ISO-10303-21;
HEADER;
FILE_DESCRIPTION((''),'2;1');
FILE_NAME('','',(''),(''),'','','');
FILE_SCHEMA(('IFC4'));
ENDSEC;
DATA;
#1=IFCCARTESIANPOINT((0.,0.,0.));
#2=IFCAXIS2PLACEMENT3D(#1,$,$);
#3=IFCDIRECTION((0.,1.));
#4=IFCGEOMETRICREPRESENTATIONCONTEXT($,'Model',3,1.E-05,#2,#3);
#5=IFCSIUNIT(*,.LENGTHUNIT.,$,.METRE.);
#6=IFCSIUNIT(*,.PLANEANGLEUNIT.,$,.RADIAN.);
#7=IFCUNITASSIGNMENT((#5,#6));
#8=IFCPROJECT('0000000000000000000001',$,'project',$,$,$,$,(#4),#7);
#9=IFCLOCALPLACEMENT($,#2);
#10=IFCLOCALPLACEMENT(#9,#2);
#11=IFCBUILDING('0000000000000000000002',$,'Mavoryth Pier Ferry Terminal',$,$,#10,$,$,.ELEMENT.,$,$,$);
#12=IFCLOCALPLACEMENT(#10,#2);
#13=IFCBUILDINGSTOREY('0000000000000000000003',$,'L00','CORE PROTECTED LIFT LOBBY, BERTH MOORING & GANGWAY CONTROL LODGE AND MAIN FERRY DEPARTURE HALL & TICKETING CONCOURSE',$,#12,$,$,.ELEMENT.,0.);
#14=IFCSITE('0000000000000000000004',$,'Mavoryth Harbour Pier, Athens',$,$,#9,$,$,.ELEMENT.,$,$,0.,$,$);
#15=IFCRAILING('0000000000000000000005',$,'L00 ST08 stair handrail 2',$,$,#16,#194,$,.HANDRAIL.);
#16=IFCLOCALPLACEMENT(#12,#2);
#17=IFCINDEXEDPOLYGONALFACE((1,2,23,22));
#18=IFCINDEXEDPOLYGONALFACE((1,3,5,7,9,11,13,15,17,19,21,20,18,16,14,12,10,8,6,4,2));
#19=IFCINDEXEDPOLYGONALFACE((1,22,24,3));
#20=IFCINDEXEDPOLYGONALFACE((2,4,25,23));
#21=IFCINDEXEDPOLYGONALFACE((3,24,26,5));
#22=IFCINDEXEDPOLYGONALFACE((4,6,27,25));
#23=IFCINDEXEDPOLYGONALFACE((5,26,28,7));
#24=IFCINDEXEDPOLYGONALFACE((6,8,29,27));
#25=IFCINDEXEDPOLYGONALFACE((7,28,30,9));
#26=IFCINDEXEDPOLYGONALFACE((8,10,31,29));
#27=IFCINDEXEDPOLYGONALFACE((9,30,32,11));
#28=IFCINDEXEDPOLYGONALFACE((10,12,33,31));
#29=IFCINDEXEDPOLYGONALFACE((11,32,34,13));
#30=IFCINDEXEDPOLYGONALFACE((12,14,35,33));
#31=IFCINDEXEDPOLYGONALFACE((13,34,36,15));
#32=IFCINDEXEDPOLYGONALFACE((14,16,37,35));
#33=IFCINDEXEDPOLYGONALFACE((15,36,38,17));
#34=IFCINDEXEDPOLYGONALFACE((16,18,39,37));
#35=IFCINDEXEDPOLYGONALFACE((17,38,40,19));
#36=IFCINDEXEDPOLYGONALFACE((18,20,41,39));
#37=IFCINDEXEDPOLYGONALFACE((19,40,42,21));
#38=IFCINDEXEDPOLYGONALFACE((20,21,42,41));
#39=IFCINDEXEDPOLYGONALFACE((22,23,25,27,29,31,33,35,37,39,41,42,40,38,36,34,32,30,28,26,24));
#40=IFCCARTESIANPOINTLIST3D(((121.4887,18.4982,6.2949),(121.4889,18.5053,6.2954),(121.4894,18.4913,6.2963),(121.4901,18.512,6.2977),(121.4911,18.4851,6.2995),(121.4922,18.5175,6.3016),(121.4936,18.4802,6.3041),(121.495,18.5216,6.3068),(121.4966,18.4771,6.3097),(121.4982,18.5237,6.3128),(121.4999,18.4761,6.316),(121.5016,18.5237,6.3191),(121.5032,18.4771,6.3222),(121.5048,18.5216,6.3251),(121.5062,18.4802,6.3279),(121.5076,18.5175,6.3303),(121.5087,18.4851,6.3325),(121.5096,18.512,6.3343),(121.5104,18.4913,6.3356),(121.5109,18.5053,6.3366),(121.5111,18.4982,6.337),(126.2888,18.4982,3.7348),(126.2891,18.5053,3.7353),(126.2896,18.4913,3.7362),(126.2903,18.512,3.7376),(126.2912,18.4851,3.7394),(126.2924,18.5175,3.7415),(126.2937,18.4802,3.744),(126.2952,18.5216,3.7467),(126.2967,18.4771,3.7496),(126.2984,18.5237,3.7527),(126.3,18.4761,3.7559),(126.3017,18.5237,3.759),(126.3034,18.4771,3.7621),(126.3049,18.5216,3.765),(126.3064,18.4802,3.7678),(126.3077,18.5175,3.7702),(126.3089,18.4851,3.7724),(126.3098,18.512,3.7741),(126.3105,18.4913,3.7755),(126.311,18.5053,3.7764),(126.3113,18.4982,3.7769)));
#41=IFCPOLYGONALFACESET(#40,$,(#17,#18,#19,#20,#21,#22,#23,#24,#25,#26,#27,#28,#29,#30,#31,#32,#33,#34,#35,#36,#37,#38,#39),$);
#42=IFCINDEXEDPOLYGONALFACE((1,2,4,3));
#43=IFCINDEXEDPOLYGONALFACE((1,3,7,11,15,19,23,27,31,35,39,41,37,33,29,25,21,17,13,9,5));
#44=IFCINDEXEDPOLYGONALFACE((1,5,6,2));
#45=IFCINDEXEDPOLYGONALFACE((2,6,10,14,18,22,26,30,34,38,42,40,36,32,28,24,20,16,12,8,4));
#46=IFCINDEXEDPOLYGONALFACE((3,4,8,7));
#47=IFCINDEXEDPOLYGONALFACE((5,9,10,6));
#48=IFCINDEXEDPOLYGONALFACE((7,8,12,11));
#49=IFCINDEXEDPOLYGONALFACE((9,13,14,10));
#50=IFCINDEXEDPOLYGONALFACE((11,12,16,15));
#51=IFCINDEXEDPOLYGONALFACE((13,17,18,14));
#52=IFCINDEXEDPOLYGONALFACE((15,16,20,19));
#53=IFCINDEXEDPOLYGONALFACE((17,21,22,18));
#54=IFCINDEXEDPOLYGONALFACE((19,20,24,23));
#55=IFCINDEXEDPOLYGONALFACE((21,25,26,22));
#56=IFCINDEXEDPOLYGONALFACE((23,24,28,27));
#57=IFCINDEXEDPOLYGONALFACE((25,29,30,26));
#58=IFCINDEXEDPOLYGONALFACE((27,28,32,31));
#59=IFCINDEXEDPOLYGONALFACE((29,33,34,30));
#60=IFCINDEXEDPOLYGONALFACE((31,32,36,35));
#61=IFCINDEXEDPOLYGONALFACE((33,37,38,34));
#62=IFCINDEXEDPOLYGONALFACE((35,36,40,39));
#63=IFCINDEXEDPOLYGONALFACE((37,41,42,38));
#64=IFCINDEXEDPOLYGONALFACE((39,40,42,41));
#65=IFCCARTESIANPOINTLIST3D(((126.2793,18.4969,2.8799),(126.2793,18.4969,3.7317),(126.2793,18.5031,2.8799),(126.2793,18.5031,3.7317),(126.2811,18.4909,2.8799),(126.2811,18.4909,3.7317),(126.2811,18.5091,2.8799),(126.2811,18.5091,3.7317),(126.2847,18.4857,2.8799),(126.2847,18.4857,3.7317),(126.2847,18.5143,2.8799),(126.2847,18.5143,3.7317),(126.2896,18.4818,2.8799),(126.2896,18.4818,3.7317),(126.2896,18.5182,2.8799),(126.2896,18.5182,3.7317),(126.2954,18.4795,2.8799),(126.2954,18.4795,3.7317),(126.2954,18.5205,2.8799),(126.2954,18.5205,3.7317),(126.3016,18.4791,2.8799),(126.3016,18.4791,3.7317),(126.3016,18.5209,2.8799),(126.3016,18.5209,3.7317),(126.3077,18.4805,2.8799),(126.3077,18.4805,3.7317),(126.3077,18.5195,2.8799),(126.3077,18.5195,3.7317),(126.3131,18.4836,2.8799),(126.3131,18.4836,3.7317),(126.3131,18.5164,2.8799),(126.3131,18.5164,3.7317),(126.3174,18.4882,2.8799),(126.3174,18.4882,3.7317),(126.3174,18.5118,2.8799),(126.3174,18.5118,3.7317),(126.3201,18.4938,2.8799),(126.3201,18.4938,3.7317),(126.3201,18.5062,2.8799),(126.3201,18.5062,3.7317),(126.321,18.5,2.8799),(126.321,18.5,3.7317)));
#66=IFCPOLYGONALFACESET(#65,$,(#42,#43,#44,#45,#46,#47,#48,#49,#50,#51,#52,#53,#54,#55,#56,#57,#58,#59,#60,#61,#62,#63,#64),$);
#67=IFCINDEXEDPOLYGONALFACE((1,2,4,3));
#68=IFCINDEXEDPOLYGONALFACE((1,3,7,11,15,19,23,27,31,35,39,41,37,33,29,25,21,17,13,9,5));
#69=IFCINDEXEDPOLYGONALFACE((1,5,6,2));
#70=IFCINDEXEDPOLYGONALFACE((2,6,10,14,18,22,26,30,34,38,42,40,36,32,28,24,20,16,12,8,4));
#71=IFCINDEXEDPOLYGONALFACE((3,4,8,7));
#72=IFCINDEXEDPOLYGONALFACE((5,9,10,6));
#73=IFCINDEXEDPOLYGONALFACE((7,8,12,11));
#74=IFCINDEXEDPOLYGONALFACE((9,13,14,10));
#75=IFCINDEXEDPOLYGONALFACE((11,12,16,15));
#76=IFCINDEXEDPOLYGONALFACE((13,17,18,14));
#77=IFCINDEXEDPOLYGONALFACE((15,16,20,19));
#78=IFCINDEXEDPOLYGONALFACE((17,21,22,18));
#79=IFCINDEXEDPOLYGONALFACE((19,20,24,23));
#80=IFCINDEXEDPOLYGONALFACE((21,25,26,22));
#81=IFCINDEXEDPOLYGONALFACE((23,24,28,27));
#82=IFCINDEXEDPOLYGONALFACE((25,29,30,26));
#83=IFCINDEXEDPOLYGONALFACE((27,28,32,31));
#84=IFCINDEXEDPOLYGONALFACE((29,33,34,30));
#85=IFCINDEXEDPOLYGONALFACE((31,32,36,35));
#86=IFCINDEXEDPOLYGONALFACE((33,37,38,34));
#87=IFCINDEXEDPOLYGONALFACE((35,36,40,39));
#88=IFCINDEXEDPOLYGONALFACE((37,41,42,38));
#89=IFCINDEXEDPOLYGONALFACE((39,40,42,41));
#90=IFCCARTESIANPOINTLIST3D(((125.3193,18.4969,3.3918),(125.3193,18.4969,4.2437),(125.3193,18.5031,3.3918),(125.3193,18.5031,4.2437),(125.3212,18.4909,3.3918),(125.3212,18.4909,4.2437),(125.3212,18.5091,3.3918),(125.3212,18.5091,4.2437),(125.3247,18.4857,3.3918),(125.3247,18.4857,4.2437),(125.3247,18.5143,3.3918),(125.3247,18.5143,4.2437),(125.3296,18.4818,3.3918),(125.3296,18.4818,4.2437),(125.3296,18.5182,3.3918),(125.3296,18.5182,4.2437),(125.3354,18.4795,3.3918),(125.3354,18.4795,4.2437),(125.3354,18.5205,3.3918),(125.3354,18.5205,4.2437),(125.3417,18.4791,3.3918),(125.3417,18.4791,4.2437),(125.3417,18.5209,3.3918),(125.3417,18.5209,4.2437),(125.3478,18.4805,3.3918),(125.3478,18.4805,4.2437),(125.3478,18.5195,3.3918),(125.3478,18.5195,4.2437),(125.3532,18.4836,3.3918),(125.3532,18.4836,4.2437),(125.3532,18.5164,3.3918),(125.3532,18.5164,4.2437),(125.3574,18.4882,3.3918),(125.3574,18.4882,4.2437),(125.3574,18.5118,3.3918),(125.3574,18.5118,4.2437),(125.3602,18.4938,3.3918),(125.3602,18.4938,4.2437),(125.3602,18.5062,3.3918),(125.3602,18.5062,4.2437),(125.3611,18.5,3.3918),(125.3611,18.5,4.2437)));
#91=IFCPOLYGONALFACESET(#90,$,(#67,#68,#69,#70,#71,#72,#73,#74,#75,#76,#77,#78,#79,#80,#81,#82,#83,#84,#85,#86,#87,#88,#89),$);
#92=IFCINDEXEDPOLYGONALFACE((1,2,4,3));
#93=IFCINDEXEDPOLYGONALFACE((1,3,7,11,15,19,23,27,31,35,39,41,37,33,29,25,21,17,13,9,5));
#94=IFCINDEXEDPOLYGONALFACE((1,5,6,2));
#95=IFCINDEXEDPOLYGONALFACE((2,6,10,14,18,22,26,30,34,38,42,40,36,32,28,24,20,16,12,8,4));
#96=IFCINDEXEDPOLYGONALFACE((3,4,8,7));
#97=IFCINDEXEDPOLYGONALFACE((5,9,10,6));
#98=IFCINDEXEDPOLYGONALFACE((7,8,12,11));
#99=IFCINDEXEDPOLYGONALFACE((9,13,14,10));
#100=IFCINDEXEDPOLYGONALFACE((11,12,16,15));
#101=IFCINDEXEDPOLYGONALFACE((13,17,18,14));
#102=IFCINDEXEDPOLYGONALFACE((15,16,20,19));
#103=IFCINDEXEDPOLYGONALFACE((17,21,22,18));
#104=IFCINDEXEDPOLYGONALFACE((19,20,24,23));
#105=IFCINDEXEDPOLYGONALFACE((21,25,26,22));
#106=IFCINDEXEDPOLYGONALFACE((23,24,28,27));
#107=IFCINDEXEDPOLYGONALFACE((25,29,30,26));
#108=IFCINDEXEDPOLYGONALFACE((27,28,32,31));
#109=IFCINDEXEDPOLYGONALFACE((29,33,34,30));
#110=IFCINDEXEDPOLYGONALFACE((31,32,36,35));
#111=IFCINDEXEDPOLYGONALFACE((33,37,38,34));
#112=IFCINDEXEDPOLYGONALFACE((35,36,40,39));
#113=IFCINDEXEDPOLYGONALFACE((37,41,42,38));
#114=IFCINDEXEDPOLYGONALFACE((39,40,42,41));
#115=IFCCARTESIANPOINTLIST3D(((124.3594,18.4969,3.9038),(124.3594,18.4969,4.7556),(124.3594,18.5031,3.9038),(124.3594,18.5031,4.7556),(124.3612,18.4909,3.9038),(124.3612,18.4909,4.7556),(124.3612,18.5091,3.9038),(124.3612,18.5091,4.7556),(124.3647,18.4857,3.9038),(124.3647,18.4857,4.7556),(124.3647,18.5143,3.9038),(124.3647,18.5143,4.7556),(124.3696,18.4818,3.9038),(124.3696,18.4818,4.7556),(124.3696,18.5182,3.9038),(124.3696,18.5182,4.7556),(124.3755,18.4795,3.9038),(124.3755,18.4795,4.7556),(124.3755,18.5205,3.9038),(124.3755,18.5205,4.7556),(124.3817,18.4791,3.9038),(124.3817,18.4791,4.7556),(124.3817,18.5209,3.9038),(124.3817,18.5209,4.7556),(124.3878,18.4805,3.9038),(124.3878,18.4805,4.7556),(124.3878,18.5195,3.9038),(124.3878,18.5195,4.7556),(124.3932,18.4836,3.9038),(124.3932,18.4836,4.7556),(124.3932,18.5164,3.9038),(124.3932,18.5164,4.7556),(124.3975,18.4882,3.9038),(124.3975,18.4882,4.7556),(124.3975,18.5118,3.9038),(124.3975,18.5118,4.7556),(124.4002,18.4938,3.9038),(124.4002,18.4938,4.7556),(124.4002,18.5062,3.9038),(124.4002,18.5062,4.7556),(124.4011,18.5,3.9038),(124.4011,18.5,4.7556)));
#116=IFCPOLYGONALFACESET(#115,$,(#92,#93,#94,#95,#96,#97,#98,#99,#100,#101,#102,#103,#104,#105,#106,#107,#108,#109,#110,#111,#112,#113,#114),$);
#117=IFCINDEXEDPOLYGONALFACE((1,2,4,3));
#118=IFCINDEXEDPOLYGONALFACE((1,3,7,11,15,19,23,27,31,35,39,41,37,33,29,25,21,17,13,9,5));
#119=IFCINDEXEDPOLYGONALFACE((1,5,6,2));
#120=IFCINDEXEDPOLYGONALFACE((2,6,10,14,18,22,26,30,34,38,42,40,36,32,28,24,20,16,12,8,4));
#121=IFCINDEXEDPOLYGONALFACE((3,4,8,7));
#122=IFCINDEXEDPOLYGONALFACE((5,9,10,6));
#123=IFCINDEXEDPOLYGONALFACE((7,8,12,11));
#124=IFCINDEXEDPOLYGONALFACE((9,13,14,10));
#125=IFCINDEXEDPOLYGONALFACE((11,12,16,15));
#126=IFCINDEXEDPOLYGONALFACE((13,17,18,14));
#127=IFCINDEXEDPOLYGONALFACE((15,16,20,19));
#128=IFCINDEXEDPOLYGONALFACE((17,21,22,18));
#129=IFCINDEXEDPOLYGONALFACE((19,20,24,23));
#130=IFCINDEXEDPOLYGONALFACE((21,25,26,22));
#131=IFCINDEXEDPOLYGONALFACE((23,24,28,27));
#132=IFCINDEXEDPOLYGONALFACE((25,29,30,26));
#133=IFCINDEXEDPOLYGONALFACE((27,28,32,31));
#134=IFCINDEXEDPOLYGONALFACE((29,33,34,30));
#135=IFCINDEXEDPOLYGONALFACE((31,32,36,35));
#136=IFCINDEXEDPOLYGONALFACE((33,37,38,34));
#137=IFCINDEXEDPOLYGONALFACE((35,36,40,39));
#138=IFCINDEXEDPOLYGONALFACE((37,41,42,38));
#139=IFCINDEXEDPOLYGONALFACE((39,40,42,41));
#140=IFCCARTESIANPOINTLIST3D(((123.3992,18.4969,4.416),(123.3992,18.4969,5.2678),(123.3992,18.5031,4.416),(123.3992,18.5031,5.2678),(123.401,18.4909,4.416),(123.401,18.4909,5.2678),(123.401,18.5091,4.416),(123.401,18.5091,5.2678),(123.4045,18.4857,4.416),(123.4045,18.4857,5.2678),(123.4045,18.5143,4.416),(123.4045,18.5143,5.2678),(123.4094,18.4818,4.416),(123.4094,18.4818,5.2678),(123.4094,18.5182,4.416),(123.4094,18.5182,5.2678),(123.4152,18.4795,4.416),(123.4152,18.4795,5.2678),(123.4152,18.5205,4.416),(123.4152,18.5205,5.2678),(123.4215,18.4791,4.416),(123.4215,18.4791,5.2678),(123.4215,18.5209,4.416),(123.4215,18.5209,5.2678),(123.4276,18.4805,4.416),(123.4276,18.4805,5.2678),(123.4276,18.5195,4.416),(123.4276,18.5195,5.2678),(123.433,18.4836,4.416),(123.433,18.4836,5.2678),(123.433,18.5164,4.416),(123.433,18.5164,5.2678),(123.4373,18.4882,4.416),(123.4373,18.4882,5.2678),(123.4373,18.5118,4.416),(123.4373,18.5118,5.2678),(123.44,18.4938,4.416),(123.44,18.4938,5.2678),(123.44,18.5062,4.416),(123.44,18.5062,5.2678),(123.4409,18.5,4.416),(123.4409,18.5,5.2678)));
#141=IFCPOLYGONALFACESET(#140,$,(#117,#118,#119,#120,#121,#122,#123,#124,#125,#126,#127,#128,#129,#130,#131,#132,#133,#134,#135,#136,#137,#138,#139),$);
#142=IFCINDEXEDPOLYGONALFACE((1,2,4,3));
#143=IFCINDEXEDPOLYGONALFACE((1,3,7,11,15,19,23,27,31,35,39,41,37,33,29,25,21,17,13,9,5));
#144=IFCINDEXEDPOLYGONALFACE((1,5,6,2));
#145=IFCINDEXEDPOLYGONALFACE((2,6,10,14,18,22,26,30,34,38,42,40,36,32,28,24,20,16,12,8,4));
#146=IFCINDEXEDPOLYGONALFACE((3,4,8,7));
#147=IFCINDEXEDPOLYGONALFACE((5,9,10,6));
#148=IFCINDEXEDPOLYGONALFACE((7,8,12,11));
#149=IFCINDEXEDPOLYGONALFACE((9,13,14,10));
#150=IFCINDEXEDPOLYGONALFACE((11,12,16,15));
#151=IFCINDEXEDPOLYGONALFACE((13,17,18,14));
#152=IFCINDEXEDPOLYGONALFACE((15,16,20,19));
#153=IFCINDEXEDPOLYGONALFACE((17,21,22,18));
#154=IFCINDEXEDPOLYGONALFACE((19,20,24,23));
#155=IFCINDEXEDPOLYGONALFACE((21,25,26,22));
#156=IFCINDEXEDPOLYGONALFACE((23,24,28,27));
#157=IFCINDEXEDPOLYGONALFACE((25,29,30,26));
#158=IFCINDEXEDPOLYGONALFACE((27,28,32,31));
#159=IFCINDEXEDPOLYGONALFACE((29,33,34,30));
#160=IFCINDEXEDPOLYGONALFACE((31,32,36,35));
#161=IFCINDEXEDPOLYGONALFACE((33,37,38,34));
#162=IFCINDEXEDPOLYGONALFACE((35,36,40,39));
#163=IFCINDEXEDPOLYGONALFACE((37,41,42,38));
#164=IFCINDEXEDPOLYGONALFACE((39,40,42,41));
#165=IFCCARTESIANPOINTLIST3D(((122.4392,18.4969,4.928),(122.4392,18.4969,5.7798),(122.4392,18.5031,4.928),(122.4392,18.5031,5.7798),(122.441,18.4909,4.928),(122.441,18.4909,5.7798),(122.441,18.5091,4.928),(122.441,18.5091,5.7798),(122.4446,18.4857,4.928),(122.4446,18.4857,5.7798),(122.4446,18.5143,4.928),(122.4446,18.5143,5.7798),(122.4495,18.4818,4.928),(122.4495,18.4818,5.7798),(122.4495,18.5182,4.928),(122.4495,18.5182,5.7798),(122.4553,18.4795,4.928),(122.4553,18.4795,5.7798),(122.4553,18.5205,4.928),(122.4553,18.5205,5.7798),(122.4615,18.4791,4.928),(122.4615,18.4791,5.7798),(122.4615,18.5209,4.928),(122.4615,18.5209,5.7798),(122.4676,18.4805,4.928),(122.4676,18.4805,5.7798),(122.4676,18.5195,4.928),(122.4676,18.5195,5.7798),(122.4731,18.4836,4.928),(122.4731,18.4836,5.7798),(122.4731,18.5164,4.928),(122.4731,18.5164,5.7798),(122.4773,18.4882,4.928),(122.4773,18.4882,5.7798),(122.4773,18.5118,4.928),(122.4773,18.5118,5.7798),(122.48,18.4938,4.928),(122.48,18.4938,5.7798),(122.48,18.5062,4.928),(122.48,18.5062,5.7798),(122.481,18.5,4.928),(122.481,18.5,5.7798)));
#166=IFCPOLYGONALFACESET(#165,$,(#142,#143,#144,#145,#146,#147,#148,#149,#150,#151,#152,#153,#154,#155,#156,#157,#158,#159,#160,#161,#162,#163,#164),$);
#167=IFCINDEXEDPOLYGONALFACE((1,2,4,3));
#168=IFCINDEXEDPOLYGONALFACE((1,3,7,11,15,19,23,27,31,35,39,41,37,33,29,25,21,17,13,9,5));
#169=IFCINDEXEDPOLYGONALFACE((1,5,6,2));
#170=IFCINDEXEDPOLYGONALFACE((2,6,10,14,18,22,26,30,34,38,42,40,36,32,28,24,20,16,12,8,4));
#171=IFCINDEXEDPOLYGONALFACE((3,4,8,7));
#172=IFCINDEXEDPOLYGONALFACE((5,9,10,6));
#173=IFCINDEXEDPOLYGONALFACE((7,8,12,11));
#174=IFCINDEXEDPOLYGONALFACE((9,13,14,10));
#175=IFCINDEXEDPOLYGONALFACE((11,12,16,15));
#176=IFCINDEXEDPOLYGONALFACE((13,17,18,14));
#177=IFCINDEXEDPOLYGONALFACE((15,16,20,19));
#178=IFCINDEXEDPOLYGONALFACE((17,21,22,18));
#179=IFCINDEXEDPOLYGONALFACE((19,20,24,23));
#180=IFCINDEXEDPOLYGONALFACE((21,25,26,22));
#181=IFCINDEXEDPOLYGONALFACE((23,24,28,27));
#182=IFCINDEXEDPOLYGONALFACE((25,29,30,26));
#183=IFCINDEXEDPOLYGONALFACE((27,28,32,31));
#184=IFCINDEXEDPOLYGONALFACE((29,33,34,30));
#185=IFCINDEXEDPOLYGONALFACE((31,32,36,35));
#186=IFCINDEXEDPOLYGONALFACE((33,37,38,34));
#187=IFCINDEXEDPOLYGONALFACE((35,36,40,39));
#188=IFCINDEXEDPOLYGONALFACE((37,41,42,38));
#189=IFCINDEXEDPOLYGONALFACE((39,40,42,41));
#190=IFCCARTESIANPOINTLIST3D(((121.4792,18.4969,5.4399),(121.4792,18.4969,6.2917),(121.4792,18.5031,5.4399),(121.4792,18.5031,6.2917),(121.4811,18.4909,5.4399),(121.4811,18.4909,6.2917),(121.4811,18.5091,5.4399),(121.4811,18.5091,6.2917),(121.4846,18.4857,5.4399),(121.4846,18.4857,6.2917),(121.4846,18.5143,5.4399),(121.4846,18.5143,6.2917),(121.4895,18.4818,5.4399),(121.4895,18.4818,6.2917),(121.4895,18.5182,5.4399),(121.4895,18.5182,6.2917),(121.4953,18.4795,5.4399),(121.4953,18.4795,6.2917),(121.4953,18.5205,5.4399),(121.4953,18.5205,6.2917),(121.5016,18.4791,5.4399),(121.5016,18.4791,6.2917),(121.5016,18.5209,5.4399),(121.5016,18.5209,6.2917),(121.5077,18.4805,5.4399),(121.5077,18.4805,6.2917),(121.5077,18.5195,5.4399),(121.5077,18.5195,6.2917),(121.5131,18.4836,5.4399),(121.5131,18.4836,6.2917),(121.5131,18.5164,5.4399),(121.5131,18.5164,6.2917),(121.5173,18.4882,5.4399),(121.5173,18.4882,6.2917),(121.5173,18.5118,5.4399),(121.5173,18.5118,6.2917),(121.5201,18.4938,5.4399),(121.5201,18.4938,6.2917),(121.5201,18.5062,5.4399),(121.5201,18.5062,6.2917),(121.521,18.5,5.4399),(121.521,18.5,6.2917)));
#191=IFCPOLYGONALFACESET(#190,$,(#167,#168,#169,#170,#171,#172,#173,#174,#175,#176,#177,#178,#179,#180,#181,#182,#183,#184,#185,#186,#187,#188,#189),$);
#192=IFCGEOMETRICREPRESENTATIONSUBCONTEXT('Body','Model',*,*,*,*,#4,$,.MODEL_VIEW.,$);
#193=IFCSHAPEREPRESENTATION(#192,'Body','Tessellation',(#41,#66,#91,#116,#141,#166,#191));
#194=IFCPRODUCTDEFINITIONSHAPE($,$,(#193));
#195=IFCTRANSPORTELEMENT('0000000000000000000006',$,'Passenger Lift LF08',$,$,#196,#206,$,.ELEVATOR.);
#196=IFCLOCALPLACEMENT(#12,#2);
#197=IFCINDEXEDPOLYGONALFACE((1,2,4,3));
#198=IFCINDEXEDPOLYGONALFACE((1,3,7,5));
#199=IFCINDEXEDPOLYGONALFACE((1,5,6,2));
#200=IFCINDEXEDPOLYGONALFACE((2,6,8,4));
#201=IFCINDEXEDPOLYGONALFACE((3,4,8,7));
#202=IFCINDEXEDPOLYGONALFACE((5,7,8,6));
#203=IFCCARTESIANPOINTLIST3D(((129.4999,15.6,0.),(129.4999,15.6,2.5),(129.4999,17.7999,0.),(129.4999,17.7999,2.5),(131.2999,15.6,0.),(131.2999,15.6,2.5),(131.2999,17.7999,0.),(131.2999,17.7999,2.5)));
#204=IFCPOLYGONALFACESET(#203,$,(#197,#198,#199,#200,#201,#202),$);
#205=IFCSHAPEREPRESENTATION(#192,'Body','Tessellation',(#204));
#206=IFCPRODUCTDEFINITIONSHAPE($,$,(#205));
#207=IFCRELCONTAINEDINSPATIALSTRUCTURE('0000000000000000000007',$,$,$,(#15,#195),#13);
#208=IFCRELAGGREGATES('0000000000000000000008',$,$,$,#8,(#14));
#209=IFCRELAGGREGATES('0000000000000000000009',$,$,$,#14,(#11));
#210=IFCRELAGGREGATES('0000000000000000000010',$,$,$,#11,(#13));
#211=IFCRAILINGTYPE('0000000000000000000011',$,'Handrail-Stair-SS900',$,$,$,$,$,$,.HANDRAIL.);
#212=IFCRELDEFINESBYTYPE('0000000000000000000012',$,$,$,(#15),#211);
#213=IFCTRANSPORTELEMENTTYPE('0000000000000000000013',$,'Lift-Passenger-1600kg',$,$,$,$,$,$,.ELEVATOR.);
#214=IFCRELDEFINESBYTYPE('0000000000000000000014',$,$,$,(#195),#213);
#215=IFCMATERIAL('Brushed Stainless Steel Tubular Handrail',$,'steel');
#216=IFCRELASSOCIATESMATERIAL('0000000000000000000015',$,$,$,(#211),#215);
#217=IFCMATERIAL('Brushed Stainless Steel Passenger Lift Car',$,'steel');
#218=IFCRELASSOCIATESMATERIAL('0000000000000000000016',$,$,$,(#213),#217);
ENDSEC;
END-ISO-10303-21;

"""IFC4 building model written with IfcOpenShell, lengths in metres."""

from ifc_helpers import new_model, si_unit, direction, frame, origin, origin_2d, place, context, subcontext, project, spatial, rectangle, circle, extrude, material, type_object, element, save


model = new_model("IFC4")

# Units and contexts
model_context = context("Model", 3, precision=1e-05, world=origin(), true_north=direction((0.0, 1.0)))
body_context = subcontext(model_context, "Body", "Model", "MODEL_VIEW")
ifc_project = project(units=[si_unit("LENGTHUNIT", "METRE"), si_unit("PLANEANGLEUNIT", "RADIAN")], contexts=[model_context])

# Site, building, storey
site_placement = place(None, origin())
site = spatial("IfcSite", under=ifc_project, at=site_placement, Name="Mavoryth Harbour Pier, Athens", CompositionType="ELEMENT", RefElevation=0.0)
building_placement = place(site_placement, origin())
building = spatial("IfcBuilding", under=site, at=building_placement, Name="Mavoryth Pier Ferry Terminal", CompositionType="ELEMENT")
storey_placement = place(building_placement, origin())
storey = spatial("IfcBuildingStorey", under=building, at=storey_placement, Name="L00", Description="CORE PROTECTED LIFT LOBBY, BERTH MOORING & GANGWAY CONTROL LODGE AND MAIN FERRY DEPARTURE HALL & TICKETING CONCOURSE", CompositionType="ELEMENT", Elevation=0.0)

# Railing
ifc_material_1 = material(Name="Brushed Stainless Steel Tubular Handrail", Category="steel")
railing_type_1 = type_object("IfcRailingType", Name="Handrail-Stair-SS900", PredefinedType="HANDRAIL", material=ifc_material_1)
railing_1_placement = place(storey_placement, frame((126.3, 18.5, 2.8799)))
element("IfcRailing", 1, at=railing_1_placement, inside=storey, type_object=railing_type_1, Name="L00 ST08 stair handrail 2", PredefinedType="HANDRAIL", context=body_context, shape_type="SweptSolid", body=[
    extrude(circle(Radius=0.0239, at=origin_2d()), frame((0.0, 0.0, 0.876), z_axis=(-0.88235, 0.0, 0.470593), x_axis=(0.0, -1.0, 0.0)), (0.0, 0.0, 1.0), 5.4402),
    extrude(circle(Radius=0.021, at=origin_2d()), origin(), (0.0, 0.0, 1.0), 0.8518),
    extrude(circle(Radius=0.021, at=origin_2d()), frame((-0.96, 0.0, 0.512)), (0.0, 0.0, 1.0), 0.8518),
    extrude(circle(Radius=0.021, at=origin_2d()), frame((-1.9199, 0.0, 1.0239)), (0.0, 0.0, 1.0), 0.8518),
    extrude(circle(Radius=0.021, at=origin_2d()), frame((-2.8801, 0.0, 1.5361)), (0.0, 0.0, 1.0), 0.8518),
    extrude(circle(Radius=0.021, at=origin_2d()), frame((-3.8401, 0.0, 2.0481)), (0.0, 0.0, 1.0), 0.8518),
    extrude(circle(Radius=0.021, at=origin_2d()), frame((-4.8, 0.0, 2.5601)), (0.0, 0.0, 1.0), 0.8518),
])

# Transport element
ifc_material_2 = material(Name="Brushed Stainless Steel Passenger Lift Car", Category="steel")
transport_element_type = type_object("IfcTransportElementType", Name="Lift-Passenger-1600kg", PredefinedType="ELEVATOR", material=ifc_material_2)
transport_element_placement = place(storey_placement, frame((130.3999, 16.7, 0.0), z_axis=(0.0, 0.0, 1.0), x_axis=(1.0, 0.0, 0.0)))
element("IfcTransportElement", 2, at=transport_element_placement, inside=storey, type_object=transport_element_type, Name="Passenger Lift LF08", PredefinedType="ELEVATOR", context=body_context, shape_type="SweptSolid", body=[
    extrude(rectangle(XDim=1.8, YDim=2.2, at=origin_2d()), origin(), (0.0, 0.0, 1.0), 2.5),
])

save(model, "model.ifc")
